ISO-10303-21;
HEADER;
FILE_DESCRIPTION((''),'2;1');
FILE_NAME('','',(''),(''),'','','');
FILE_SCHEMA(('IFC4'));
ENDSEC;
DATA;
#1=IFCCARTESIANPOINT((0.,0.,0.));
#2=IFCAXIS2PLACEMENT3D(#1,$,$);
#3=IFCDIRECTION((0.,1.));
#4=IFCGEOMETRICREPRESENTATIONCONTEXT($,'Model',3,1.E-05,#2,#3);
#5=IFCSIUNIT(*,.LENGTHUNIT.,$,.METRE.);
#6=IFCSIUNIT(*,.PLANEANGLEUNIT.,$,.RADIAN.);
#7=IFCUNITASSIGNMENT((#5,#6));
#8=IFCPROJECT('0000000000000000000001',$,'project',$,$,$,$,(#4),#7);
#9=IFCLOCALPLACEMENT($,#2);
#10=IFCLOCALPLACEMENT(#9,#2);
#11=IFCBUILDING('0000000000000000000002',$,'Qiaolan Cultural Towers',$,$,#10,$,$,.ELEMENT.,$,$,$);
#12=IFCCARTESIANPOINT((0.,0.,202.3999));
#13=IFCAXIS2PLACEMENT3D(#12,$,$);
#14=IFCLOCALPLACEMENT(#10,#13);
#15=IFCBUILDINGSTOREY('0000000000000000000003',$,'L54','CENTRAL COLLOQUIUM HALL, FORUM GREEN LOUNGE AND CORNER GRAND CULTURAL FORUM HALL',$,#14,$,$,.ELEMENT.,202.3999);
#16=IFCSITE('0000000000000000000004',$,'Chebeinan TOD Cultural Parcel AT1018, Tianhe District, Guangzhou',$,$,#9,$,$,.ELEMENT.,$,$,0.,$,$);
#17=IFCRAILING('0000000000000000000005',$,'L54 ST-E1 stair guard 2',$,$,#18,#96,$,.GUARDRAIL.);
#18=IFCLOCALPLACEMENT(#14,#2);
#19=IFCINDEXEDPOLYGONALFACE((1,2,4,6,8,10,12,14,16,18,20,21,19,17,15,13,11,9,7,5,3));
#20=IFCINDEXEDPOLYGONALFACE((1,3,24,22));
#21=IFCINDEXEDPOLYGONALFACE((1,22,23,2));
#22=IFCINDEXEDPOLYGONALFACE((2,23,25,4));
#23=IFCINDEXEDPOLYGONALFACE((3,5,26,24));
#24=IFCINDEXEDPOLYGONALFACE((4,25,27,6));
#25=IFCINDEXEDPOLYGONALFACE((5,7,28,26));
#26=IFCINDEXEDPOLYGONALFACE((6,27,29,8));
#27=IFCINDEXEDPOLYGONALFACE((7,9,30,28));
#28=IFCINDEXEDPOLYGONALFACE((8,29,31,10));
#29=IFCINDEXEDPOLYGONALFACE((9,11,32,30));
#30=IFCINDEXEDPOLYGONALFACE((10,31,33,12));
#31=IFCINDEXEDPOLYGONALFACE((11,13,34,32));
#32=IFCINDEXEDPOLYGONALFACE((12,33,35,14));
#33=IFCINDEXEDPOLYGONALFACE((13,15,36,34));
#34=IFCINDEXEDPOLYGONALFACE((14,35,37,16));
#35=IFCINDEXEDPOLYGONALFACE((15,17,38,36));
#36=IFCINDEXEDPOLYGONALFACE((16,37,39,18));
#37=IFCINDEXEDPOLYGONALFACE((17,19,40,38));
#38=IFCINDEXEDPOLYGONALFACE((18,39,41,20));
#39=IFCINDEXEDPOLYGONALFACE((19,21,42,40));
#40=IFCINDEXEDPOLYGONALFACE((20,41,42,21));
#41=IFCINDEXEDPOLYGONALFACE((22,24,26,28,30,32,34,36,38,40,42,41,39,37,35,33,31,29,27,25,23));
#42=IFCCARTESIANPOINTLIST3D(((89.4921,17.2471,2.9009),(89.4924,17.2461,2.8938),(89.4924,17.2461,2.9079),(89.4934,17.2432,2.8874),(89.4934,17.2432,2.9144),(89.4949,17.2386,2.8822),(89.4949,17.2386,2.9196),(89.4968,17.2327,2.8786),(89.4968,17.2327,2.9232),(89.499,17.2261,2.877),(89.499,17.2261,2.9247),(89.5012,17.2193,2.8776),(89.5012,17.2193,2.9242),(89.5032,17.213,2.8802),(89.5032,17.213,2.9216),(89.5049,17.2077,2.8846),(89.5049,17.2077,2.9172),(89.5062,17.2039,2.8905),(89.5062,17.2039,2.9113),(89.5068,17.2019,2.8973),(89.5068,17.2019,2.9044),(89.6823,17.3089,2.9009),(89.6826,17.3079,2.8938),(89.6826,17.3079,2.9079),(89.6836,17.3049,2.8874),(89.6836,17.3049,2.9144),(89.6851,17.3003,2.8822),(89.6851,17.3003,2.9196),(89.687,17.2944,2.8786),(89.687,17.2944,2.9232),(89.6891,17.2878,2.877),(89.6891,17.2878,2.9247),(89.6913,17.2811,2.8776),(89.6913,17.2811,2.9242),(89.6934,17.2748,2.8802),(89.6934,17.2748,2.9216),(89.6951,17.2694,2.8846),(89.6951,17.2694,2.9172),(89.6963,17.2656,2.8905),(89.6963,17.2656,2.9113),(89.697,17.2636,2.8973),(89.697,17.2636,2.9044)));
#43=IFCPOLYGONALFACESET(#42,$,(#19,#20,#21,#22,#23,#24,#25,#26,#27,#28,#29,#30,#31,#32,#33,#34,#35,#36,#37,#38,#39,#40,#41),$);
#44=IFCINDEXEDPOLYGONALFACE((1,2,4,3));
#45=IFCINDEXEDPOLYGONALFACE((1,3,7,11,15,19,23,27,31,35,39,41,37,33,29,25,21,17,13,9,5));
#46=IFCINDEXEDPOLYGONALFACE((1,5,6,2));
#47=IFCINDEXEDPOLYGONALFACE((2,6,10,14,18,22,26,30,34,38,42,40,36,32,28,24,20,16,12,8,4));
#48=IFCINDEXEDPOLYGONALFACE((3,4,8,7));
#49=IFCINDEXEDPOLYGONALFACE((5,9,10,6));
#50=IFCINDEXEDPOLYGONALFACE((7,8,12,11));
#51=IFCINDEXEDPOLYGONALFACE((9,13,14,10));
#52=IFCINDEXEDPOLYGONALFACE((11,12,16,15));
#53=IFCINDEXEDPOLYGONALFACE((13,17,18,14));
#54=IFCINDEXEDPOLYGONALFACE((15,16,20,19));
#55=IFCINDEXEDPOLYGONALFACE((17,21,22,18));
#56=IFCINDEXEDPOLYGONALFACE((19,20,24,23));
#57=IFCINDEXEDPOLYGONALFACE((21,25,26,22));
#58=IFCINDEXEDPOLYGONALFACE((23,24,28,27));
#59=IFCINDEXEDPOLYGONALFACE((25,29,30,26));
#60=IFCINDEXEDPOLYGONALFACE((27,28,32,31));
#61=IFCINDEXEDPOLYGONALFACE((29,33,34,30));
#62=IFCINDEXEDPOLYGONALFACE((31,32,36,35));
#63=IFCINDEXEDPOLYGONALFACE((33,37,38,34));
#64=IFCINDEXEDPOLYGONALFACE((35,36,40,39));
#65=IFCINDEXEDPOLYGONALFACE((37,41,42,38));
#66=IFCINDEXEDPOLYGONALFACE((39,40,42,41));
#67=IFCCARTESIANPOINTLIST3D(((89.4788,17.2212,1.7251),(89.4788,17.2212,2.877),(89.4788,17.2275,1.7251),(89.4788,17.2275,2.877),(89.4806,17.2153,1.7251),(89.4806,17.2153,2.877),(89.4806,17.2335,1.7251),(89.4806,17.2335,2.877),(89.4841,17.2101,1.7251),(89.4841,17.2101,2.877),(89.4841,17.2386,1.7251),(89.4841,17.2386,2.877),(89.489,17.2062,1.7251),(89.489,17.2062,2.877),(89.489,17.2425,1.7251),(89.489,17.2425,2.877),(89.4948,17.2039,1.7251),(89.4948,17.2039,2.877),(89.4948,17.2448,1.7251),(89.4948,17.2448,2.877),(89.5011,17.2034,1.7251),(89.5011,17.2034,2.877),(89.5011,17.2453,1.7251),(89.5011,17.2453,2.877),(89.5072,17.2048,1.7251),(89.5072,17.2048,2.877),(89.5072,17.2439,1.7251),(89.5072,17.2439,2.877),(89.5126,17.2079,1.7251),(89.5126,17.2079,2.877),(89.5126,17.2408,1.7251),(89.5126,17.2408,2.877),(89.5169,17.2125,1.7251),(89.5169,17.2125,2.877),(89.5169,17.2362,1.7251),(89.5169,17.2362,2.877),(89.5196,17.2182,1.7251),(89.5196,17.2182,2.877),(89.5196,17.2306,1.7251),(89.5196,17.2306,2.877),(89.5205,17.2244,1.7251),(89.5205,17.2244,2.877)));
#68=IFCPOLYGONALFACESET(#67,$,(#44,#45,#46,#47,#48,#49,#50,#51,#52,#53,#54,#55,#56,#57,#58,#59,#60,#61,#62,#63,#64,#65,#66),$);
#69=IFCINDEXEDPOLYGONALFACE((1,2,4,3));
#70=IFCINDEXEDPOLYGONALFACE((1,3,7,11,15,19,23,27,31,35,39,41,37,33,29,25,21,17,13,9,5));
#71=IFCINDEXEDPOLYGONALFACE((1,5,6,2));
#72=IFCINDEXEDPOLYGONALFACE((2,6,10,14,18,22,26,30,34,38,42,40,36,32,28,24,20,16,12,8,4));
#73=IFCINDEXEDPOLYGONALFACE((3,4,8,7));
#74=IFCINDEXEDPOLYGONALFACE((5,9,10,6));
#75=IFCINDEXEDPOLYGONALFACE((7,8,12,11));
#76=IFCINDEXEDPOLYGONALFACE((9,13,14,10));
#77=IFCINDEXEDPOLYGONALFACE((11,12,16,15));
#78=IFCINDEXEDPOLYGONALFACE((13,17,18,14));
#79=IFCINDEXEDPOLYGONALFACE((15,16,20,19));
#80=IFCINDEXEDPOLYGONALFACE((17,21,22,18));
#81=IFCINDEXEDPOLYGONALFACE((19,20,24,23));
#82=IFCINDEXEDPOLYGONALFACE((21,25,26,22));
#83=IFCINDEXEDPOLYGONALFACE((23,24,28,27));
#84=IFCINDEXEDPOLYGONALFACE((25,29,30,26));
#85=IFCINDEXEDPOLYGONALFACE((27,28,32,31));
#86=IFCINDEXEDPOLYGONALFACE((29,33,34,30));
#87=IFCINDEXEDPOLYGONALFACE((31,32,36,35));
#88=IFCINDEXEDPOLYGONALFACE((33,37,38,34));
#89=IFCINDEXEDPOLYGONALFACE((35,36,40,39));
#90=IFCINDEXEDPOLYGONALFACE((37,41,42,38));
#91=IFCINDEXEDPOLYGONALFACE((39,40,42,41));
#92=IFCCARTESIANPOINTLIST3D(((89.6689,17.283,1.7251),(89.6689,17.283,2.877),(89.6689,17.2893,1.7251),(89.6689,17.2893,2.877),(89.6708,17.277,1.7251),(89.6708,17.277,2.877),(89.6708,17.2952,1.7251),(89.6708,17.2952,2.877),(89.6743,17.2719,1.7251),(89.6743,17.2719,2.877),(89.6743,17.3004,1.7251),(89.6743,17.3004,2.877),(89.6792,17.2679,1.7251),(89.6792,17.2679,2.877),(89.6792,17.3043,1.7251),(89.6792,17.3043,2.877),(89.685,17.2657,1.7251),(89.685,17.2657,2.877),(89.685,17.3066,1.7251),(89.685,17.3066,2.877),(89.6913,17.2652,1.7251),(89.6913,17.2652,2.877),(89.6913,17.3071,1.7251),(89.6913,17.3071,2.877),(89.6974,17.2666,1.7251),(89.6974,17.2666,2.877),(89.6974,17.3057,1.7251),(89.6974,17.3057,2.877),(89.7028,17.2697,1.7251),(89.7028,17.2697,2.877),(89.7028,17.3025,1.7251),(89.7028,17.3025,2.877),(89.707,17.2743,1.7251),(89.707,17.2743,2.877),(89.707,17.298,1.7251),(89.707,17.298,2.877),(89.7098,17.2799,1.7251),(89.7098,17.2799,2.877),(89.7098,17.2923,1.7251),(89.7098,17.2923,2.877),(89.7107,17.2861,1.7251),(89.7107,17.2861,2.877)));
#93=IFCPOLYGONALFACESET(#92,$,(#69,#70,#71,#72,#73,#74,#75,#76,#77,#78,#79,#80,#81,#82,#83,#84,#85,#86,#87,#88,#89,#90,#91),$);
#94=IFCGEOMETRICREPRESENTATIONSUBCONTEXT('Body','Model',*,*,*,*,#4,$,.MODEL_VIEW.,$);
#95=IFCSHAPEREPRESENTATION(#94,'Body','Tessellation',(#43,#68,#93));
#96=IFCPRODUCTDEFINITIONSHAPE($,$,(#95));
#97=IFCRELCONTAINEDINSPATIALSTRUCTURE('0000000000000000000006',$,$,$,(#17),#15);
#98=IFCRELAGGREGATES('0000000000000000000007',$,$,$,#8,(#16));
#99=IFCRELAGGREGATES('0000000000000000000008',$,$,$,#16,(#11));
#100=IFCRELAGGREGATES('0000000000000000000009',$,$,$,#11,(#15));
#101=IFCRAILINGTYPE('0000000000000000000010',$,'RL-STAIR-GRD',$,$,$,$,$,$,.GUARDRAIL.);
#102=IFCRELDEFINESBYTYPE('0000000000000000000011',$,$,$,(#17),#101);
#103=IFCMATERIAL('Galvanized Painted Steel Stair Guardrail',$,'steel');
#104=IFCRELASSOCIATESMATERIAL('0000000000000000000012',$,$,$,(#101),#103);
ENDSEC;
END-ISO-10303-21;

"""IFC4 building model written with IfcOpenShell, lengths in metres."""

from ifc_helpers import new_model, si_unit, direction, frame, origin, origin_2d, place, context, subcontext, project, spatial, circle, extrude, material, type_object, element, save


model = new_model("IFC4")

# Units and contexts
model_context = context("Model", 3, precision=1e-05, world=origin(), true_north=direction((0.0, 1.0)))
body_context = subcontext(model_context, "Body", "Model", "MODEL_VIEW")
ifc_project = project(units=[si_unit("LENGTHUNIT", "METRE"), si_unit("PLANEANGLEUNIT", "RADIAN")], contexts=[model_context])

# Site, building, storey
site_placement = place(None, origin())
site = spatial("IfcSite", under=ifc_project, at=site_placement, Name="Chebeinan TOD Cultural Parcel AT1018, Tianhe District, Guangzhou", CompositionType="ELEMENT", RefElevation=0.0)
building_placement = place(site_placement, origin())
building = spatial("IfcBuilding", under=site, at=building_placement, Name="Qiaolan Cultural Towers", CompositionType="ELEMENT")
storey_placement = place(building_placement, frame((0.0, 0.0, 202.3999)))
storey = spatial("IfcBuildingStorey", under=building, at=storey_placement, Name="L54", Description="CENTRAL COLLOQUIUM HALL, FORUM GREEN LOUNGE AND CORNER GRAND CULTURAL FORUM HALL", CompositionType="ELEMENT", Elevation=202.3999)

# Railing
ifc_material_1 = material(Name="Galvanized Painted Steel Stair Guardrail", Category="steel")
railing_type_1 = type_object("IfcRailingType", Name="RL-STAIR-GRD", PredefinedType="GUARDRAIL", material=ifc_material_1)
railing_1_placement = place(storey_placement, frame((89.4995, 17.2244, 1.7251)))
element("IfcRailing", 1, at=railing_1_placement, inside=storey, type_object=railing_type_1, Name="L54 ST-E1 stair guard 2", PredefinedType="GUARDRAIL", context=body_context, shape_type="SweptSolid", body=[
    extrude(circle(Radius=0.0239, at=origin_2d()), frame((0.0, 0.0, 1.1758), z_axis=(0.951097, 0.308893, 0.0), x_axis=(-0.308893, 0.951097, 0.0)), (0.0, 0.0, 1.0), 0.2),
    extrude(circle(Radius=0.021, at=origin_2d()), origin(), (0.0, 0.0, 1.0), 1.1519),
    extrude(circle(Radius=0.021, at=origin_2d()), frame((0.1902, 0.0618, 0.0)), (0.0, 0.0, 1.0), 1.1519),
])

save(model, "model.ifc")
